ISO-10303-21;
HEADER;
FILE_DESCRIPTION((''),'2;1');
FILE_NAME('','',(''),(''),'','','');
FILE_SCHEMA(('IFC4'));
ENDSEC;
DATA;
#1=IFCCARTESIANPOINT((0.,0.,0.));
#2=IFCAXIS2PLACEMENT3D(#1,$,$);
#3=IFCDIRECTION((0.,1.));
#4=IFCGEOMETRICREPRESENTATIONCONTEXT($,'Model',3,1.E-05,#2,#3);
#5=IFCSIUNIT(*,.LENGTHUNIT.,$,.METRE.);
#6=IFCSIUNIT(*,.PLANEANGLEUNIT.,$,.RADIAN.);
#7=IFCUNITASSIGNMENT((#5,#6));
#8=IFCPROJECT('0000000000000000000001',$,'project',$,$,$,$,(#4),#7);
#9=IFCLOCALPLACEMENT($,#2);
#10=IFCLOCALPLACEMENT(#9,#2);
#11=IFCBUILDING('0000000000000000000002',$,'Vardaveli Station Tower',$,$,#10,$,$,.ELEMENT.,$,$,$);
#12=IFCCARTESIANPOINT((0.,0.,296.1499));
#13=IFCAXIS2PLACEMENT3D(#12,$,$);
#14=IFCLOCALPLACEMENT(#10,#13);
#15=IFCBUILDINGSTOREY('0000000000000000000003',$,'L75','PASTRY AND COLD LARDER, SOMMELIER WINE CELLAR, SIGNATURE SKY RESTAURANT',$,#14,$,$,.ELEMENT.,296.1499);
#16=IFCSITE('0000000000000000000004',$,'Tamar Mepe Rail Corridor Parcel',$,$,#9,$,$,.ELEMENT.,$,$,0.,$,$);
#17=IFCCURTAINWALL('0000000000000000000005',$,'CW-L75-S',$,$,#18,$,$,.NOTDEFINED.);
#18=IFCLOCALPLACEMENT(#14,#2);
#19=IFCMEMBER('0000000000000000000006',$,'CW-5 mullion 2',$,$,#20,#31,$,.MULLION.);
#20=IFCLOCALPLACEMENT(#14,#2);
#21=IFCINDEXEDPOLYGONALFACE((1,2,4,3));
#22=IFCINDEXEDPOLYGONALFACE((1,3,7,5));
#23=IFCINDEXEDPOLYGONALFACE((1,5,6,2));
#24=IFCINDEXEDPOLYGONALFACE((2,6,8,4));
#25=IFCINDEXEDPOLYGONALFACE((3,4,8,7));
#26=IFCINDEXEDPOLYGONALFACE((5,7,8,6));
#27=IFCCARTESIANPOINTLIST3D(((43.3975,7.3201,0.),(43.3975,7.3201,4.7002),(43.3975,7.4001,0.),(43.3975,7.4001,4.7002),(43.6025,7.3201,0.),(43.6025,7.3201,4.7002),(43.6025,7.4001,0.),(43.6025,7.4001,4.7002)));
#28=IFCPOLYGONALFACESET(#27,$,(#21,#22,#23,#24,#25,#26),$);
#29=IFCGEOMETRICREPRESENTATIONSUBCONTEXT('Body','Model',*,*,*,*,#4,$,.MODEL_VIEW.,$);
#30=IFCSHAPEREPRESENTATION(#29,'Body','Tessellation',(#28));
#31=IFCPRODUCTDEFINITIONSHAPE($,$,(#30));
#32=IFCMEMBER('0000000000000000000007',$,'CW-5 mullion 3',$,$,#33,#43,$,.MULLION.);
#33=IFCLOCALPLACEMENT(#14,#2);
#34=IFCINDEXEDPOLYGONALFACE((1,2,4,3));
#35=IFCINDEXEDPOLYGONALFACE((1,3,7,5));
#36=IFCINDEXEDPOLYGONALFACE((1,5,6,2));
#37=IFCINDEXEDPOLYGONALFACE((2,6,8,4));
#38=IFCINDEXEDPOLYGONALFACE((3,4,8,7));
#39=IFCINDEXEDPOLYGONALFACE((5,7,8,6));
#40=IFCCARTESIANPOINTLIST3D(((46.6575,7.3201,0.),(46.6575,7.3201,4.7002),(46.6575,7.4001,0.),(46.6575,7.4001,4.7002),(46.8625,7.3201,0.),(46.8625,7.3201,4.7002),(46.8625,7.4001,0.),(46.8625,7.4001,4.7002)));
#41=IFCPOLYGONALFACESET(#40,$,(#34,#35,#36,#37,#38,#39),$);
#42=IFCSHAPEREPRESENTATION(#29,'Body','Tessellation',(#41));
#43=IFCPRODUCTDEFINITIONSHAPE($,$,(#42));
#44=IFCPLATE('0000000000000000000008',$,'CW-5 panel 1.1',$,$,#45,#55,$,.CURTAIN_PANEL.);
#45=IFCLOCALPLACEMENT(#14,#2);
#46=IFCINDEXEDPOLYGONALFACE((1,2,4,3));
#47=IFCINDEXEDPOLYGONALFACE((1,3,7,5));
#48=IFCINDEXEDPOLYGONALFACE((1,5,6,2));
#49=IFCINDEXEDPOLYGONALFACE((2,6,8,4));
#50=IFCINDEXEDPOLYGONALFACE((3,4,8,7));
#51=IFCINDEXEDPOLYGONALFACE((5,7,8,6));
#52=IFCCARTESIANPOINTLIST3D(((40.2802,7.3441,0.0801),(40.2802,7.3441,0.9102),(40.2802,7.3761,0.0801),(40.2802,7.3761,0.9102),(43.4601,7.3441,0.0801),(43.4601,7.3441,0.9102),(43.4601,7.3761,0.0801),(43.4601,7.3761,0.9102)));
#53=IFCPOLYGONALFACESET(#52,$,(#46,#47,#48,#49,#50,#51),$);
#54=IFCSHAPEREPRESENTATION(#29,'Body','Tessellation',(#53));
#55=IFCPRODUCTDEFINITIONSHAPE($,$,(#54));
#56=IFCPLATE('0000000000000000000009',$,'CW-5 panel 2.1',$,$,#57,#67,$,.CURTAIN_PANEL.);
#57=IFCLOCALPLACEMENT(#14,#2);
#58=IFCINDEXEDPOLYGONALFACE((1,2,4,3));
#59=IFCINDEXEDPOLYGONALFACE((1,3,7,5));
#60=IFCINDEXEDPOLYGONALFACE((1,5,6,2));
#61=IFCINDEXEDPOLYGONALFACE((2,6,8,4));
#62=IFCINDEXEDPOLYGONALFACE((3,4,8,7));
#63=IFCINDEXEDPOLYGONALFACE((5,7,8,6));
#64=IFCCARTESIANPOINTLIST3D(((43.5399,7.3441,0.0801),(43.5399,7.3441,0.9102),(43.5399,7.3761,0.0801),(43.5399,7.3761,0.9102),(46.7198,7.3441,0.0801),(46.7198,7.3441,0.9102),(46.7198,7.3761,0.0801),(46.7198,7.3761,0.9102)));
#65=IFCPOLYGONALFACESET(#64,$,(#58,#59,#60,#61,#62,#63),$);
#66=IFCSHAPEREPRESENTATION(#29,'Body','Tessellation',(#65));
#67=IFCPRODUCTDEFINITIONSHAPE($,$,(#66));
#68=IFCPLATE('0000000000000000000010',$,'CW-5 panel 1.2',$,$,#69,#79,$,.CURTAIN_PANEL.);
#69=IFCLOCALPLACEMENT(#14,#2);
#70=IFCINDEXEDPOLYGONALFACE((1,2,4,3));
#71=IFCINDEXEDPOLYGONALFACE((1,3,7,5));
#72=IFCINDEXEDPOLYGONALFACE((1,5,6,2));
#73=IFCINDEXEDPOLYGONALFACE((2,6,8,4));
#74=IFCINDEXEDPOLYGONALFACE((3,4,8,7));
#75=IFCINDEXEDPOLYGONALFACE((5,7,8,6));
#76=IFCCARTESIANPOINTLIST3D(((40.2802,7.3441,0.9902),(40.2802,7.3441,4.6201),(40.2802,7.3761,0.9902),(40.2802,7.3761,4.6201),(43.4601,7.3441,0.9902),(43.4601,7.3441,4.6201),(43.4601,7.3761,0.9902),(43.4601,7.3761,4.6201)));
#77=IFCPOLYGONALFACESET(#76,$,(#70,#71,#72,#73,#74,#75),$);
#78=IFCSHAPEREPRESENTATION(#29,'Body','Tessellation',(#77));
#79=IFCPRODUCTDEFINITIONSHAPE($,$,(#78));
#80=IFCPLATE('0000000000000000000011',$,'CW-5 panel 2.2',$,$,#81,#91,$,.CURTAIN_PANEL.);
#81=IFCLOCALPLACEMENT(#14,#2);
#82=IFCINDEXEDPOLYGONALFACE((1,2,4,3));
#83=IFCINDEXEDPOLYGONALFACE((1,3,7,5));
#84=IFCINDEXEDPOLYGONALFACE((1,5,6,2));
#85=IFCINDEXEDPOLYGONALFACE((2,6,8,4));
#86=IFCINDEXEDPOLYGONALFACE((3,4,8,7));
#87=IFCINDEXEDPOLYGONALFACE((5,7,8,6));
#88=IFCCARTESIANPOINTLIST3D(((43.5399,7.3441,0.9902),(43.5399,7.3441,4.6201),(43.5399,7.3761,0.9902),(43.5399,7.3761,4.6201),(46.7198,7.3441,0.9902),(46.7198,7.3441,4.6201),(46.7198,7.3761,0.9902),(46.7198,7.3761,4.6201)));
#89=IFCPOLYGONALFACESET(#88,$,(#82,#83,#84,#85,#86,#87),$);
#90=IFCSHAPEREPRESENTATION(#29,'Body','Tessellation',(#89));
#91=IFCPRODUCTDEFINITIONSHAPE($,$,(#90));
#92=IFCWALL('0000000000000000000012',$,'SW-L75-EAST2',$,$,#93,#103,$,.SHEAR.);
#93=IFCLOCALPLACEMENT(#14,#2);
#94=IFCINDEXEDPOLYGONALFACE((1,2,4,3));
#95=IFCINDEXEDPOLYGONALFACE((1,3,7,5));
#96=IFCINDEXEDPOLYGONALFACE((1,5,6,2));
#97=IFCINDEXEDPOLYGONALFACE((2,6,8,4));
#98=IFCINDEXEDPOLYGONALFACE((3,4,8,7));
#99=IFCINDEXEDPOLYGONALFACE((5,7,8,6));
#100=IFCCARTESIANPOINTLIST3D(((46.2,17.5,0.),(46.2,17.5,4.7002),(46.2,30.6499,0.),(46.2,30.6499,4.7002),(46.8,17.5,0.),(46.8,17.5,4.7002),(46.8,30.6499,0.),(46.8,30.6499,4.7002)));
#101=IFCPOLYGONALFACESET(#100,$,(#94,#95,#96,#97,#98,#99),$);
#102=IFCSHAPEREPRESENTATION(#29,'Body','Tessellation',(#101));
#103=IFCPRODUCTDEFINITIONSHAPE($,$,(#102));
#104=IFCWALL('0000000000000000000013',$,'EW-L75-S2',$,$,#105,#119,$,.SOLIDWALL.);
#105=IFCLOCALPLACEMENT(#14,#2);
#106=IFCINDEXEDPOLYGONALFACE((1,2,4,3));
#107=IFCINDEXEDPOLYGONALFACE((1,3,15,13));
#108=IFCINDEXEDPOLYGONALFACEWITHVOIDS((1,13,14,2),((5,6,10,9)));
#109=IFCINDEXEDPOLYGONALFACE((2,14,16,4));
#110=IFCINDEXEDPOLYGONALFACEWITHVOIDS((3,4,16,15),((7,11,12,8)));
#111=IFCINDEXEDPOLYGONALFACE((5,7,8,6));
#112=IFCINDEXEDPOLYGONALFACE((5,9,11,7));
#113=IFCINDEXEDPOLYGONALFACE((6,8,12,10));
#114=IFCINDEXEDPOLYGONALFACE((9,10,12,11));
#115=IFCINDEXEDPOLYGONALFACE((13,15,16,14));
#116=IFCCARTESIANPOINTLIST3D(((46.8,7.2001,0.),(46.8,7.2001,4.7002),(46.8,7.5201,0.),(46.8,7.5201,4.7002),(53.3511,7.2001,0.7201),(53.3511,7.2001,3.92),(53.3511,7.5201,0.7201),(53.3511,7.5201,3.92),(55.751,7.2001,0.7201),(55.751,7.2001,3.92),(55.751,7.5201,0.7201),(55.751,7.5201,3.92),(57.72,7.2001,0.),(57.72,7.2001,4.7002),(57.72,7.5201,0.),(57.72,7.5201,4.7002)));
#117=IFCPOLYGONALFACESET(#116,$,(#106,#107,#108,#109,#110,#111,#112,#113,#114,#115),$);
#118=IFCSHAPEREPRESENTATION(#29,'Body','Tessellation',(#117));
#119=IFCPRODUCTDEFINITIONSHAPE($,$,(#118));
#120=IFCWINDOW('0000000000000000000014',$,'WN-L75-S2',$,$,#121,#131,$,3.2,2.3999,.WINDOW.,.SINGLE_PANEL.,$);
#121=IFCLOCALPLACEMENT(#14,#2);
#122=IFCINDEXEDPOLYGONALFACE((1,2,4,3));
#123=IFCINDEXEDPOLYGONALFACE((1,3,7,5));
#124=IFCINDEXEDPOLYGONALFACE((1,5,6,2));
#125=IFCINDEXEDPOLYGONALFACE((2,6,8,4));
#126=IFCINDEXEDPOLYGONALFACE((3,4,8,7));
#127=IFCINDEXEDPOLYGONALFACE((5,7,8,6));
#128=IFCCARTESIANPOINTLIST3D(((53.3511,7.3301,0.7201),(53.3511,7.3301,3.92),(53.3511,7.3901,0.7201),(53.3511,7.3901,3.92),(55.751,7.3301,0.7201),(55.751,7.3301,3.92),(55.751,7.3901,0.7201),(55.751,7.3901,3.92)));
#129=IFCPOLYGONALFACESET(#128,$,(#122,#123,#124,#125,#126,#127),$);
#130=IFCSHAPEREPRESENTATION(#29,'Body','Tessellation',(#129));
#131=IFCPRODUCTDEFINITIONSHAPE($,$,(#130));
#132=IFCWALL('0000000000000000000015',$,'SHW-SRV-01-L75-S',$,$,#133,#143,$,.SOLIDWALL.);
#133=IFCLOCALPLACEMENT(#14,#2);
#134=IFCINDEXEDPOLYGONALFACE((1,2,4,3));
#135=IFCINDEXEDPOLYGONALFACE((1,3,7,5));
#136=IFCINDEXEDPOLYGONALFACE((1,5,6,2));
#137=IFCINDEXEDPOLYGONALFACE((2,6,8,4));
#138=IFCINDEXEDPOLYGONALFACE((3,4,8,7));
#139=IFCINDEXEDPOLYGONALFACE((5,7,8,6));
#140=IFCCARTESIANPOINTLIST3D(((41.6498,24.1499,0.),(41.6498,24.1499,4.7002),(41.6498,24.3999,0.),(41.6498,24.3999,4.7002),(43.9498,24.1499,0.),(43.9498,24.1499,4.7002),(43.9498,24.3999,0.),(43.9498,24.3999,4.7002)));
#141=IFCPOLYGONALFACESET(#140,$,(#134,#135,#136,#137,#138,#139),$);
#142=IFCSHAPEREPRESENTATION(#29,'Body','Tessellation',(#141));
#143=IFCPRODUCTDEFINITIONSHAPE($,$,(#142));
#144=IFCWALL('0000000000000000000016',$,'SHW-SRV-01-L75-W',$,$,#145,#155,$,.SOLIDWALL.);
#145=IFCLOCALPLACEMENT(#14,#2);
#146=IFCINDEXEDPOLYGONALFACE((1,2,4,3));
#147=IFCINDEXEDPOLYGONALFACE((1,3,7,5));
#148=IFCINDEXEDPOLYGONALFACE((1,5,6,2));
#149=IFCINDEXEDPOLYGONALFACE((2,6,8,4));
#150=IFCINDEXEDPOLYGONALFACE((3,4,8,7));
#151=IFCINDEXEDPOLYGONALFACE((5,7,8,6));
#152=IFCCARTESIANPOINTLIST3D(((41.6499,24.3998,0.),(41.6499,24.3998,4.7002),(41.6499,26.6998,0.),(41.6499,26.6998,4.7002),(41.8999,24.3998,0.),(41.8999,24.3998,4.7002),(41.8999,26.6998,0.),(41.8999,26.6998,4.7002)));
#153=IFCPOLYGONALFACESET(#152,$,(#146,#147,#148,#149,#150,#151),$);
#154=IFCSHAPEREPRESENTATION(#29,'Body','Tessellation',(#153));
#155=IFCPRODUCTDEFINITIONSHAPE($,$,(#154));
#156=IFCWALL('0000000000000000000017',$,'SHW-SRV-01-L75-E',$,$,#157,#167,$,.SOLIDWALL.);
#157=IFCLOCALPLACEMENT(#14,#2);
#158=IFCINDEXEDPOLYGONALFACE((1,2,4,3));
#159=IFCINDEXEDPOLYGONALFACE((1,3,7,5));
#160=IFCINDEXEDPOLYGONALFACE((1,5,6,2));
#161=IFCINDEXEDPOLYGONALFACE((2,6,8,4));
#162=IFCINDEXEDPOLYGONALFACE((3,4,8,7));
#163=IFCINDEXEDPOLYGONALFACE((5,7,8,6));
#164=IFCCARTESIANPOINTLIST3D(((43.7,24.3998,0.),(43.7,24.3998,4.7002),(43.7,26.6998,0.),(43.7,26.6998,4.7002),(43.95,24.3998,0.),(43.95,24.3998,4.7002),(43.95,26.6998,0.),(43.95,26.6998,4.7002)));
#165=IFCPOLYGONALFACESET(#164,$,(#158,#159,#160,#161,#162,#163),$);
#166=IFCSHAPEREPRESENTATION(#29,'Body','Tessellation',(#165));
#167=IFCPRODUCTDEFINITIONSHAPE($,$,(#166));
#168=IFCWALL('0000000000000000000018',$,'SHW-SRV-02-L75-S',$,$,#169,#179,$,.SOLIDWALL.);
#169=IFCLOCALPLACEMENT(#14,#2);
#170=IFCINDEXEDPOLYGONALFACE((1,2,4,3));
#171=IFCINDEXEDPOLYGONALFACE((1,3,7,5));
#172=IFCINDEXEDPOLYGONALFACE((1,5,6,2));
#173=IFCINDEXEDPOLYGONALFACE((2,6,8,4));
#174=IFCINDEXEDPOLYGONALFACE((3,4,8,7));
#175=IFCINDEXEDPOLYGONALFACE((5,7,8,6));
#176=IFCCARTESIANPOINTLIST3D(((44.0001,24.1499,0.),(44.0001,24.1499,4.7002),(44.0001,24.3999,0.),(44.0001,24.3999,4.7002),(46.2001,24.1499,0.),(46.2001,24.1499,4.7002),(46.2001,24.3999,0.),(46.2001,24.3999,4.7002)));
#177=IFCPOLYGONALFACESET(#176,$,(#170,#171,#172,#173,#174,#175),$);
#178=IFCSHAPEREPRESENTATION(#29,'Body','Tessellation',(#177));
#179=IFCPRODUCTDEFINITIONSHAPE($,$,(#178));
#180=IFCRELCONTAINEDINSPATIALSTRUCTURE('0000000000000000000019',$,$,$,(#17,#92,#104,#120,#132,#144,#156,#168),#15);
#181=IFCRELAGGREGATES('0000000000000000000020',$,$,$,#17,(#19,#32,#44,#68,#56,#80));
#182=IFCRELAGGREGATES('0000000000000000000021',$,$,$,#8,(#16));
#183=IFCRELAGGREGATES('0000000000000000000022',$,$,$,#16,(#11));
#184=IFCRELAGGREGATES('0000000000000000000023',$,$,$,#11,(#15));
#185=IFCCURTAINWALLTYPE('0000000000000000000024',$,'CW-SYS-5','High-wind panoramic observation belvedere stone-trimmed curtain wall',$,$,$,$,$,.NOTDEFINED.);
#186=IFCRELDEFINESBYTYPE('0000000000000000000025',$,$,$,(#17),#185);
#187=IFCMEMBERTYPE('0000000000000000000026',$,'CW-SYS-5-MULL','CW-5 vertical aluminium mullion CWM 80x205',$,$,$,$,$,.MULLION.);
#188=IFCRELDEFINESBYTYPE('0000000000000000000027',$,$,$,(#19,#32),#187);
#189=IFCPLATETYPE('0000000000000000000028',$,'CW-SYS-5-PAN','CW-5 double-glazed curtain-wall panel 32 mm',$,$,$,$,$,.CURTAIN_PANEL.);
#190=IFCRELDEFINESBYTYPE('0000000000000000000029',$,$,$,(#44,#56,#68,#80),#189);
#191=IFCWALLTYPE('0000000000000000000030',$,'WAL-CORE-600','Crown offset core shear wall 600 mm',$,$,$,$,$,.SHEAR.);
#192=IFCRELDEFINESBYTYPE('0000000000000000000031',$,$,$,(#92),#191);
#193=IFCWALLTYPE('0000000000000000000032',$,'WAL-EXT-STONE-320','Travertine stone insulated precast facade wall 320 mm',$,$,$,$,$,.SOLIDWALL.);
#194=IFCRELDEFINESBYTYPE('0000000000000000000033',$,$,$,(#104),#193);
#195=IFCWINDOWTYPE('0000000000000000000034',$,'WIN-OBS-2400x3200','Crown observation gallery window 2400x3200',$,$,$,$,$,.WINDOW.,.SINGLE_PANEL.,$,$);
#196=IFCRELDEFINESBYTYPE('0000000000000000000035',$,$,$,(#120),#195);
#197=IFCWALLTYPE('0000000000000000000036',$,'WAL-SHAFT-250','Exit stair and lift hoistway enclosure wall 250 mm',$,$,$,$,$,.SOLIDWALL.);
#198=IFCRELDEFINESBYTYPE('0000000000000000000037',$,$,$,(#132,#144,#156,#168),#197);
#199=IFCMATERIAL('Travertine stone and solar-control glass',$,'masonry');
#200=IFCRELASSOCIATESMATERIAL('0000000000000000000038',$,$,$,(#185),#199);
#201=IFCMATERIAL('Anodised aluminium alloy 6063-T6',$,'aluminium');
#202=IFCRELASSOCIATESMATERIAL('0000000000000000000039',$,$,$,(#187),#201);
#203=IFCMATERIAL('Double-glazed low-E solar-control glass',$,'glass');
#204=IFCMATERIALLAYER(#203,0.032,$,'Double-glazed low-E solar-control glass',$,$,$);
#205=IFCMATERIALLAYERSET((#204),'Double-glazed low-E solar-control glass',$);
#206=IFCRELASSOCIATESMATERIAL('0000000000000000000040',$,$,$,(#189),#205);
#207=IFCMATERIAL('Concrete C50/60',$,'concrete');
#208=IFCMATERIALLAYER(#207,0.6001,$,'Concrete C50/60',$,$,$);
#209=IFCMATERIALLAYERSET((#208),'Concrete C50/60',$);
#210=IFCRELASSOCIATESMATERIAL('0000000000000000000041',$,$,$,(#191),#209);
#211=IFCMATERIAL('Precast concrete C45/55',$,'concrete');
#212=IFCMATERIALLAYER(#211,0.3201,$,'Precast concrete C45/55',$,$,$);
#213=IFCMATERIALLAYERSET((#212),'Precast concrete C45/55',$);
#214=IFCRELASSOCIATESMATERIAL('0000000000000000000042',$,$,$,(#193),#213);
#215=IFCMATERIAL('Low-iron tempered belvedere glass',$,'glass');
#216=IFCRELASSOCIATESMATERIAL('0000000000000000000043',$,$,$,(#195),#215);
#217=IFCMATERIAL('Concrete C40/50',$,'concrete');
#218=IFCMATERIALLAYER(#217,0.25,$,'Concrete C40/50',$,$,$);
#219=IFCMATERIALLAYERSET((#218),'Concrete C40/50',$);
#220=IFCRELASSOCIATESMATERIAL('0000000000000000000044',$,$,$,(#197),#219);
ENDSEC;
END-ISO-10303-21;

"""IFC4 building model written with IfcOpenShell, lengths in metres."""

from ifc_helpers import new_model, si_unit, direction, frame, frame_2d, origin, origin_2d, place, context, subcontext, project, spatial, rectangle, extrude, source, transform, mapped, material, layer, layer_set, material_profile, profile_set, type_object, element, fill, aggregate, save


model = new_model("IFC4")

# Units and contexts
model_context = context("Model", 3, precision=1e-05, world=origin(), true_north=direction((0.0, 1.0)))
body_context = subcontext(model_context, "Body", "Model", "MODEL_VIEW")
ifc_project = project(units=[si_unit("LENGTHUNIT", "METRE"), si_unit("PLANEANGLEUNIT", "RADIAN")], contexts=[model_context])

# Site, building, storey
site_placement = place(None, origin())
site = spatial("IfcSite", under=ifc_project, at=site_placement, Name="Tamar Mepe Rail Corridor Parcel", CompositionType="ELEMENT", RefElevation=0.0)
building_placement = place(site_placement, origin())
building = spatial("IfcBuilding", under=site, at=building_placement, Name="Vardaveli Station Tower", CompositionType="ELEMENT")
storey_placement = place(building_placement, frame((0.0, 0.0, 296.1499)))
storey = spatial("IfcBuildingStorey", under=building, at=storey_placement, Name="L75", Description="PASTRY AND COLD LARDER, SOMMELIER WINE CELLAR, SIGNATURE SKY RESTAURANT", CompositionType="ELEMENT", Elevation=296.1499)

# Shared definitions
ifc_material_1 = material(Name="Precast concrete C45/55", Category="concrete")

# Curtain wall, members, plates
ifc_material_2 = material(Name="Travertine stone and solar-control glass", Category="masonry")
curtain_wall_type = type_object("IfcCurtainWallType", Name="CW-SYS-5", Description="High-wind panoramic observation belvedere stone-trimmed curtain wall", PredefinedType="NOTDEFINED", material=ifc_material_2)
curtain_wall_placement = place(storey_placement, origin())
curtain_wall = element("IfcCurtainWall", 1, at=curtain_wall_placement, inside=storey, type_object=curtain_wall_type, Name="CW-L75-S", PredefinedType="NOTDEFINED")
ifc_material_3 = material(Name="Anodised aluminium alloy 6063-T6", Category="aluminium")
ifc_material_profile_1 = material_profile(ifc_material_3, rectangle(XDim=0.0801, YDim=0.2051, at=origin_2d()), Name="CWM 80x205")
ifc_profile_set_1 = profile_set([ifc_material_profile_1], Name="Anodised aluminium alloy 6063-T6")
member_type_1 = type_object("IfcMemberType", Name="CW-SYS-5-MULL", Description="CW-5 vertical aluminium mullion CWM 80x205", PredefinedType="MULLION", material=ifc_profile_set_1)
shared_shape_1 = source(origin(), body_context, "Body", "SweptSolid", [
    extrude(rectangle(XDim=0.0801, YDim=0.2051, at=origin_2d()), origin(), (0.0, 0.0, 1.0), 4.7002),
])
member_1_placement = place(storey_placement, frame((43.5, 7.3601, 0.0), z_axis=(0.0, 0.0, 1.0), x_axis=(0.0, 1.0, 0.0)))
member_1 = element("IfcMember", 2, at=member_1_placement, type_object=member_type_1, Name="CW-5 mullion 2", PredefinedType="MULLION", context=body_context, shape_type="MappedRepresentation", body=[
    mapped(shared_shape_1, transform((0.0, 0.0, 0.0), scale=1.0)),
])
member_2_placement = place(storey_placement, frame((46.76, 7.3601, 0.0), z_axis=(0.0, 0.0, 1.0), x_axis=(0.0, 1.0, 0.0)))
member_2 = element("IfcMember", 3, at=member_2_placement, type_object=member_type_1, Name="CW-5 mullion 3", PredefinedType="MULLION", context=body_context, shape_type="MappedRepresentation", body=[
    mapped(shared_shape_1, transform((0.0, 0.0, 0.0), scale=1.0)),
])
ifc_material_4 = material(Name="Double-glazed low-E solar-control glass", Category="glass")
ifc_layer_1 = layer(ifc_material_4, 0.032, Name="Double-glazed low-E solar-control glass")
ifc_layer_set_1 = layer_set([ifc_layer_1], Name="Double-glazed low-E solar-control glass")
plate_type = type_object("IfcPlateType", Name="CW-SYS-5-PAN", Description="CW-5 double-glazed curtain-wall panel 32 mm", PredefinedType="CURTAIN_PANEL", material=ifc_layer_set_1)
shared_shape_2 = source(origin(), body_context, "Body", "SweptSolid", [
    extrude(rectangle(XDim=3.1799, YDim=0.032, at=origin_2d()), origin(), (0.0, 0.0, 1.0), 0.8301),
])
plate_1_placement = place(storey_placement, frame((41.8701, 7.3601, 0.0801), z_axis=(0.0, 0.0, 1.0), x_axis=(1.0, 0.0, 0.0)))
plate_1 = element("IfcPlate", 4, at=plate_1_placement, type_object=plate_type, Name="CW-5 panel 1.1", PredefinedType="CURTAIN_PANEL", context=body_context, shape_type="MappedRepresentation", body=[
    mapped(shared_shape_2, transform((0.0, 0.0, 0.0), scale=1.0)),
])
plate_2_placement = place(storey_placement, frame((45.1299, 7.3601, 0.0801), z_axis=(0.0, 0.0, 1.0), x_axis=(1.0, 0.0, 0.0)))
plate_2 = element("IfcPlate", 5, at=plate_2_placement, type_object=plate_type, Name="CW-5 panel 2.1", PredefinedType="CURTAIN_PANEL", context=body_context, shape_type="MappedRepresentation", body=[
    mapped(shared_shape_2, transform((0.0, 0.0, 0.0), scale=1.0)),
])
shared_shape_3 = source(origin(), body_context, "Body", "SweptSolid", [
    extrude(rectangle(XDim=3.1799, YDim=0.032, at=origin_2d()), origin(), (0.0, 0.0, 1.0), 3.6299),
])
plate_3_placement = place(storey_placement, frame((41.8701, 7.3601, 0.9902), z_axis=(0.0, 0.0, 1.0), x_axis=(1.0, 0.0, 0.0)))
plate_3 = element("IfcPlate", 6, at=plate_3_placement, type_object=plate_type, Name="CW-5 panel 1.2", PredefinedType="CURTAIN_PANEL", context=body_context, shape_type="MappedRepresentation", body=[
    mapped(shared_shape_3, transform((0.0, 0.0, 0.0), scale=1.0)),
])
plate_4_placement = place(storey_placement, frame((45.1299, 7.3601, 0.9902), z_axis=(0.0, 0.0, 1.0), x_axis=(1.0, 0.0, 0.0)))
plate_4 = element("IfcPlate", 7, at=plate_4_placement, type_object=plate_type, Name="CW-5 panel 2.2", PredefinedType="CURTAIN_PANEL", context=body_context, shape_type="MappedRepresentation", body=[
    mapped(shared_shape_3, transform((0.0, 0.0, 0.0), scale=1.0)),
])
aggregate(curtain_wall, [member_1, member_2, plate_1, plate_3, plate_2, plate_4])

# Wall
ifc_material_5 = material(Name="Concrete C50/60", Category="concrete")
ifc_layer_2 = layer(ifc_material_5, 0.6001, Name="Concrete C50/60")
ifc_layer_set_2 = layer_set([ifc_layer_2], Name="Concrete C50/60")
wall_type_1 = type_object("IfcWallType", Name="WAL-CORE-600", Description="Crown offset core shear wall 600 mm", PredefinedType="SHEAR", material=ifc_layer_set_2)
shared_shape_4 = source(origin(), body_context, "Body", "SweptSolid", [
    extrude(rectangle(XDim=13.1499, YDim=0.6001, at=frame_2d((6.575, 0.0))), origin(), (0.0, 0.0, 1.0), 4.7002),
])
wall_1_placement = place(storey_placement, frame((46.5, 17.5, 0.0), z_axis=(0.0, 0.0, 1.0), x_axis=(0.0, 1.0, 0.0)))
element("IfcWall", 8, at=wall_1_placement, inside=storey, type_object=wall_type_1, Name="SW-L75-EAST2", PredefinedType="SHEAR", context=body_context, shape_type="MappedRepresentation", body=[
    mapped(shared_shape_4, transform((0.0, 0.0, 0.0), scale=1.0)),
])

# Wall, opening, window
ifc_layer_3 = layer(ifc_material_1, 0.3201, Name="Precast concrete C45/55")
ifc_layer_set_3 = layer_set([ifc_layer_3], Name="Precast concrete C45/55")
wall_type_2 = type_object("IfcWallType", Name="WAL-EXT-STONE-320", Description="Travertine stone insulated precast facade wall 320 mm", PredefinedType="SOLIDWALL", material=ifc_layer_set_3)
shared_shape_5 = source(origin(), body_context, "Body", "SweptSolid", [
    extrude(rectangle(XDim=10.9199, YDim=0.3201, at=frame_2d((5.46, 0.0))), origin(), (0.0, 0.0, 1.0), 4.7002),
])
wall_2_placement = place(storey_placement, frame((46.8, 7.3601, 0.0), z_axis=(0.0, 0.0, 1.0), x_axis=(1.0, 0.0, 0.0)))
wall_2 = element("IfcWall", 9, at=wall_2_placement, inside=storey, type_object=wall_type_2, Name="EW-L75-S2", PredefinedType="SOLIDWALL", context=body_context, shape_type="MappedRepresentation", body=[
    mapped(shared_shape_5, transform((0.0, 0.0, 0.0), scale=1.0)),
])
shared_shape_6 = source(origin(), body_context, "Body", "SweptSolid", [
    extrude(rectangle(XDim=2.3999, YDim=3.2, at=frame_2d((1.2, 1.6001))), frame((0.0, 0.1699, 0.0), z_axis=(0.0, -1.0, 0.0), x_axis=(1.0, 0.0, 0.0)), (0.0, 0.0, 1.0), 0.3401),
])
opening_placement = place(wall_2_placement, frame((6.551, 0.0, 0.72)))
opening = element("IfcOpeningElement", 10, at=opening_placement, cuts=wall_2, PredefinedType="OPENING", context=body_context, shape_type="MappedRepresentation", body=[
    mapped(shared_shape_6, transform((0.0, 0.0, 0.0), scale=1.0)),
])
ifc_material_6 = material(Name="Low-iron tempered belvedere glass", Category="glass")
window_type = type_object("IfcWindowType", Name="WIN-OBS-2400x3200", Description="Crown observation gallery window 2400x3200", PartitioningType="SINGLE_PANEL", PredefinedType="WINDOW", material=ifc_material_6)
shared_shape_7 = source(origin(), body_context, "Body", "SweptSolid", [
    extrude(rectangle(XDim=2.3999, YDim=3.2, at=frame_2d((1.2, 1.6001))), frame((0.0, 0.03, 0.0), z_axis=(0.0, -1.0, 0.0), x_axis=(1.0, 0.0, 0.0)), (0.0, 0.0, 1.0), 0.0601),
])
window_placement = place(opening_placement, origin())
window = element("IfcWindow", 11, at=window_placement, inside=storey, type_object=window_type, Name="WN-L75-S2", OverallHeight=3.2, OverallWidth=2.3999, PartitioningType="SINGLE_PANEL", PredefinedType="WINDOW", context=body_context, shape_type="MappedRepresentation", body=[
    mapped(shared_shape_7, transform((0.0, 0.0, 0.0), scale=1.0)),
])
fill(opening, window)

# Walls
ifc_material_7 = material(Name="Concrete C40/50", Category="concrete")
ifc_layer_4 = layer(ifc_material_7, 0.25, Name="Concrete C40/50")
ifc_layer_set_4 = layer_set([ifc_layer_4], Name="Concrete C40/50")
wall_type_3 = type_object("IfcWallType", Name="WAL-SHAFT-250", Description="Exit stair and lift hoistway enclosure wall 250 mm", PredefinedType="SOLIDWALL", material=ifc_layer_set_4)
shared_shape_8 = source(origin(), body_context, "Body", "SweptSolid", [
    extrude(rectangle(XDim=2.3, YDim=0.25, at=frame_2d((1.1499, 0.0))), origin(), (0.0, 0.0, 1.0), 4.7002),
])
for number, where, z_axis, x_axis, name in (
    (12, (41.6499, 24.2749, 0.0), (0.0, 0.0, 1.0), (1.0, 0.0, 0.0), "SHW-SRV-01-L75-S"),
    (13, (41.7749, 24.3999, 0.0), (0.0, 0.0, 1.0), (0.0, 1.0, 0.0), "SHW-SRV-01-L75-W"),
    (14, (43.825, 24.3999, 0.0), (0.0, 0.0, 1.0), (0.0, 1.0, 0.0), "SHW-SRV-01-L75-E"),
):
    element("IfcWall", number, at=place(storey_placement, frame(where, z_axis=z_axis, x_axis=x_axis)), inside=storey, type_object=wall_type_3, Name=name, PredefinedType="SOLIDWALL", context=body_context, shape_type="MappedRepresentation", body=[
        mapped(shared_shape_8, transform((0.0, 0.0, 0.0), scale=1.0)),
    ])
shared_shape_9 = source(origin(), body_context, "Body", "SweptSolid", [
    extrude(rectangle(XDim=2.2, YDim=0.25, at=frame_2d((1.1001, 0.0))), origin(), (0.0, 0.0, 1.0), 4.7002),
])
wall_3_placement = place(storey_placement, frame((44.0, 24.2749, 0.0), z_axis=(0.0, 0.0, 1.0), x_axis=(1.0, 0.0, 0.0)))
element("IfcWall", 15, at=wall_3_placement, inside=storey, type_object=wall_type_3, Name="SHW-SRV-02-L75-S", PredefinedType="SOLIDWALL", context=body_context, shape_type="MappedRepresentation", body=[
    mapped(shared_shape_9, transform((0.0, 0.0, 0.0), scale=1.0)),
])

save(model, "model.ifc")
